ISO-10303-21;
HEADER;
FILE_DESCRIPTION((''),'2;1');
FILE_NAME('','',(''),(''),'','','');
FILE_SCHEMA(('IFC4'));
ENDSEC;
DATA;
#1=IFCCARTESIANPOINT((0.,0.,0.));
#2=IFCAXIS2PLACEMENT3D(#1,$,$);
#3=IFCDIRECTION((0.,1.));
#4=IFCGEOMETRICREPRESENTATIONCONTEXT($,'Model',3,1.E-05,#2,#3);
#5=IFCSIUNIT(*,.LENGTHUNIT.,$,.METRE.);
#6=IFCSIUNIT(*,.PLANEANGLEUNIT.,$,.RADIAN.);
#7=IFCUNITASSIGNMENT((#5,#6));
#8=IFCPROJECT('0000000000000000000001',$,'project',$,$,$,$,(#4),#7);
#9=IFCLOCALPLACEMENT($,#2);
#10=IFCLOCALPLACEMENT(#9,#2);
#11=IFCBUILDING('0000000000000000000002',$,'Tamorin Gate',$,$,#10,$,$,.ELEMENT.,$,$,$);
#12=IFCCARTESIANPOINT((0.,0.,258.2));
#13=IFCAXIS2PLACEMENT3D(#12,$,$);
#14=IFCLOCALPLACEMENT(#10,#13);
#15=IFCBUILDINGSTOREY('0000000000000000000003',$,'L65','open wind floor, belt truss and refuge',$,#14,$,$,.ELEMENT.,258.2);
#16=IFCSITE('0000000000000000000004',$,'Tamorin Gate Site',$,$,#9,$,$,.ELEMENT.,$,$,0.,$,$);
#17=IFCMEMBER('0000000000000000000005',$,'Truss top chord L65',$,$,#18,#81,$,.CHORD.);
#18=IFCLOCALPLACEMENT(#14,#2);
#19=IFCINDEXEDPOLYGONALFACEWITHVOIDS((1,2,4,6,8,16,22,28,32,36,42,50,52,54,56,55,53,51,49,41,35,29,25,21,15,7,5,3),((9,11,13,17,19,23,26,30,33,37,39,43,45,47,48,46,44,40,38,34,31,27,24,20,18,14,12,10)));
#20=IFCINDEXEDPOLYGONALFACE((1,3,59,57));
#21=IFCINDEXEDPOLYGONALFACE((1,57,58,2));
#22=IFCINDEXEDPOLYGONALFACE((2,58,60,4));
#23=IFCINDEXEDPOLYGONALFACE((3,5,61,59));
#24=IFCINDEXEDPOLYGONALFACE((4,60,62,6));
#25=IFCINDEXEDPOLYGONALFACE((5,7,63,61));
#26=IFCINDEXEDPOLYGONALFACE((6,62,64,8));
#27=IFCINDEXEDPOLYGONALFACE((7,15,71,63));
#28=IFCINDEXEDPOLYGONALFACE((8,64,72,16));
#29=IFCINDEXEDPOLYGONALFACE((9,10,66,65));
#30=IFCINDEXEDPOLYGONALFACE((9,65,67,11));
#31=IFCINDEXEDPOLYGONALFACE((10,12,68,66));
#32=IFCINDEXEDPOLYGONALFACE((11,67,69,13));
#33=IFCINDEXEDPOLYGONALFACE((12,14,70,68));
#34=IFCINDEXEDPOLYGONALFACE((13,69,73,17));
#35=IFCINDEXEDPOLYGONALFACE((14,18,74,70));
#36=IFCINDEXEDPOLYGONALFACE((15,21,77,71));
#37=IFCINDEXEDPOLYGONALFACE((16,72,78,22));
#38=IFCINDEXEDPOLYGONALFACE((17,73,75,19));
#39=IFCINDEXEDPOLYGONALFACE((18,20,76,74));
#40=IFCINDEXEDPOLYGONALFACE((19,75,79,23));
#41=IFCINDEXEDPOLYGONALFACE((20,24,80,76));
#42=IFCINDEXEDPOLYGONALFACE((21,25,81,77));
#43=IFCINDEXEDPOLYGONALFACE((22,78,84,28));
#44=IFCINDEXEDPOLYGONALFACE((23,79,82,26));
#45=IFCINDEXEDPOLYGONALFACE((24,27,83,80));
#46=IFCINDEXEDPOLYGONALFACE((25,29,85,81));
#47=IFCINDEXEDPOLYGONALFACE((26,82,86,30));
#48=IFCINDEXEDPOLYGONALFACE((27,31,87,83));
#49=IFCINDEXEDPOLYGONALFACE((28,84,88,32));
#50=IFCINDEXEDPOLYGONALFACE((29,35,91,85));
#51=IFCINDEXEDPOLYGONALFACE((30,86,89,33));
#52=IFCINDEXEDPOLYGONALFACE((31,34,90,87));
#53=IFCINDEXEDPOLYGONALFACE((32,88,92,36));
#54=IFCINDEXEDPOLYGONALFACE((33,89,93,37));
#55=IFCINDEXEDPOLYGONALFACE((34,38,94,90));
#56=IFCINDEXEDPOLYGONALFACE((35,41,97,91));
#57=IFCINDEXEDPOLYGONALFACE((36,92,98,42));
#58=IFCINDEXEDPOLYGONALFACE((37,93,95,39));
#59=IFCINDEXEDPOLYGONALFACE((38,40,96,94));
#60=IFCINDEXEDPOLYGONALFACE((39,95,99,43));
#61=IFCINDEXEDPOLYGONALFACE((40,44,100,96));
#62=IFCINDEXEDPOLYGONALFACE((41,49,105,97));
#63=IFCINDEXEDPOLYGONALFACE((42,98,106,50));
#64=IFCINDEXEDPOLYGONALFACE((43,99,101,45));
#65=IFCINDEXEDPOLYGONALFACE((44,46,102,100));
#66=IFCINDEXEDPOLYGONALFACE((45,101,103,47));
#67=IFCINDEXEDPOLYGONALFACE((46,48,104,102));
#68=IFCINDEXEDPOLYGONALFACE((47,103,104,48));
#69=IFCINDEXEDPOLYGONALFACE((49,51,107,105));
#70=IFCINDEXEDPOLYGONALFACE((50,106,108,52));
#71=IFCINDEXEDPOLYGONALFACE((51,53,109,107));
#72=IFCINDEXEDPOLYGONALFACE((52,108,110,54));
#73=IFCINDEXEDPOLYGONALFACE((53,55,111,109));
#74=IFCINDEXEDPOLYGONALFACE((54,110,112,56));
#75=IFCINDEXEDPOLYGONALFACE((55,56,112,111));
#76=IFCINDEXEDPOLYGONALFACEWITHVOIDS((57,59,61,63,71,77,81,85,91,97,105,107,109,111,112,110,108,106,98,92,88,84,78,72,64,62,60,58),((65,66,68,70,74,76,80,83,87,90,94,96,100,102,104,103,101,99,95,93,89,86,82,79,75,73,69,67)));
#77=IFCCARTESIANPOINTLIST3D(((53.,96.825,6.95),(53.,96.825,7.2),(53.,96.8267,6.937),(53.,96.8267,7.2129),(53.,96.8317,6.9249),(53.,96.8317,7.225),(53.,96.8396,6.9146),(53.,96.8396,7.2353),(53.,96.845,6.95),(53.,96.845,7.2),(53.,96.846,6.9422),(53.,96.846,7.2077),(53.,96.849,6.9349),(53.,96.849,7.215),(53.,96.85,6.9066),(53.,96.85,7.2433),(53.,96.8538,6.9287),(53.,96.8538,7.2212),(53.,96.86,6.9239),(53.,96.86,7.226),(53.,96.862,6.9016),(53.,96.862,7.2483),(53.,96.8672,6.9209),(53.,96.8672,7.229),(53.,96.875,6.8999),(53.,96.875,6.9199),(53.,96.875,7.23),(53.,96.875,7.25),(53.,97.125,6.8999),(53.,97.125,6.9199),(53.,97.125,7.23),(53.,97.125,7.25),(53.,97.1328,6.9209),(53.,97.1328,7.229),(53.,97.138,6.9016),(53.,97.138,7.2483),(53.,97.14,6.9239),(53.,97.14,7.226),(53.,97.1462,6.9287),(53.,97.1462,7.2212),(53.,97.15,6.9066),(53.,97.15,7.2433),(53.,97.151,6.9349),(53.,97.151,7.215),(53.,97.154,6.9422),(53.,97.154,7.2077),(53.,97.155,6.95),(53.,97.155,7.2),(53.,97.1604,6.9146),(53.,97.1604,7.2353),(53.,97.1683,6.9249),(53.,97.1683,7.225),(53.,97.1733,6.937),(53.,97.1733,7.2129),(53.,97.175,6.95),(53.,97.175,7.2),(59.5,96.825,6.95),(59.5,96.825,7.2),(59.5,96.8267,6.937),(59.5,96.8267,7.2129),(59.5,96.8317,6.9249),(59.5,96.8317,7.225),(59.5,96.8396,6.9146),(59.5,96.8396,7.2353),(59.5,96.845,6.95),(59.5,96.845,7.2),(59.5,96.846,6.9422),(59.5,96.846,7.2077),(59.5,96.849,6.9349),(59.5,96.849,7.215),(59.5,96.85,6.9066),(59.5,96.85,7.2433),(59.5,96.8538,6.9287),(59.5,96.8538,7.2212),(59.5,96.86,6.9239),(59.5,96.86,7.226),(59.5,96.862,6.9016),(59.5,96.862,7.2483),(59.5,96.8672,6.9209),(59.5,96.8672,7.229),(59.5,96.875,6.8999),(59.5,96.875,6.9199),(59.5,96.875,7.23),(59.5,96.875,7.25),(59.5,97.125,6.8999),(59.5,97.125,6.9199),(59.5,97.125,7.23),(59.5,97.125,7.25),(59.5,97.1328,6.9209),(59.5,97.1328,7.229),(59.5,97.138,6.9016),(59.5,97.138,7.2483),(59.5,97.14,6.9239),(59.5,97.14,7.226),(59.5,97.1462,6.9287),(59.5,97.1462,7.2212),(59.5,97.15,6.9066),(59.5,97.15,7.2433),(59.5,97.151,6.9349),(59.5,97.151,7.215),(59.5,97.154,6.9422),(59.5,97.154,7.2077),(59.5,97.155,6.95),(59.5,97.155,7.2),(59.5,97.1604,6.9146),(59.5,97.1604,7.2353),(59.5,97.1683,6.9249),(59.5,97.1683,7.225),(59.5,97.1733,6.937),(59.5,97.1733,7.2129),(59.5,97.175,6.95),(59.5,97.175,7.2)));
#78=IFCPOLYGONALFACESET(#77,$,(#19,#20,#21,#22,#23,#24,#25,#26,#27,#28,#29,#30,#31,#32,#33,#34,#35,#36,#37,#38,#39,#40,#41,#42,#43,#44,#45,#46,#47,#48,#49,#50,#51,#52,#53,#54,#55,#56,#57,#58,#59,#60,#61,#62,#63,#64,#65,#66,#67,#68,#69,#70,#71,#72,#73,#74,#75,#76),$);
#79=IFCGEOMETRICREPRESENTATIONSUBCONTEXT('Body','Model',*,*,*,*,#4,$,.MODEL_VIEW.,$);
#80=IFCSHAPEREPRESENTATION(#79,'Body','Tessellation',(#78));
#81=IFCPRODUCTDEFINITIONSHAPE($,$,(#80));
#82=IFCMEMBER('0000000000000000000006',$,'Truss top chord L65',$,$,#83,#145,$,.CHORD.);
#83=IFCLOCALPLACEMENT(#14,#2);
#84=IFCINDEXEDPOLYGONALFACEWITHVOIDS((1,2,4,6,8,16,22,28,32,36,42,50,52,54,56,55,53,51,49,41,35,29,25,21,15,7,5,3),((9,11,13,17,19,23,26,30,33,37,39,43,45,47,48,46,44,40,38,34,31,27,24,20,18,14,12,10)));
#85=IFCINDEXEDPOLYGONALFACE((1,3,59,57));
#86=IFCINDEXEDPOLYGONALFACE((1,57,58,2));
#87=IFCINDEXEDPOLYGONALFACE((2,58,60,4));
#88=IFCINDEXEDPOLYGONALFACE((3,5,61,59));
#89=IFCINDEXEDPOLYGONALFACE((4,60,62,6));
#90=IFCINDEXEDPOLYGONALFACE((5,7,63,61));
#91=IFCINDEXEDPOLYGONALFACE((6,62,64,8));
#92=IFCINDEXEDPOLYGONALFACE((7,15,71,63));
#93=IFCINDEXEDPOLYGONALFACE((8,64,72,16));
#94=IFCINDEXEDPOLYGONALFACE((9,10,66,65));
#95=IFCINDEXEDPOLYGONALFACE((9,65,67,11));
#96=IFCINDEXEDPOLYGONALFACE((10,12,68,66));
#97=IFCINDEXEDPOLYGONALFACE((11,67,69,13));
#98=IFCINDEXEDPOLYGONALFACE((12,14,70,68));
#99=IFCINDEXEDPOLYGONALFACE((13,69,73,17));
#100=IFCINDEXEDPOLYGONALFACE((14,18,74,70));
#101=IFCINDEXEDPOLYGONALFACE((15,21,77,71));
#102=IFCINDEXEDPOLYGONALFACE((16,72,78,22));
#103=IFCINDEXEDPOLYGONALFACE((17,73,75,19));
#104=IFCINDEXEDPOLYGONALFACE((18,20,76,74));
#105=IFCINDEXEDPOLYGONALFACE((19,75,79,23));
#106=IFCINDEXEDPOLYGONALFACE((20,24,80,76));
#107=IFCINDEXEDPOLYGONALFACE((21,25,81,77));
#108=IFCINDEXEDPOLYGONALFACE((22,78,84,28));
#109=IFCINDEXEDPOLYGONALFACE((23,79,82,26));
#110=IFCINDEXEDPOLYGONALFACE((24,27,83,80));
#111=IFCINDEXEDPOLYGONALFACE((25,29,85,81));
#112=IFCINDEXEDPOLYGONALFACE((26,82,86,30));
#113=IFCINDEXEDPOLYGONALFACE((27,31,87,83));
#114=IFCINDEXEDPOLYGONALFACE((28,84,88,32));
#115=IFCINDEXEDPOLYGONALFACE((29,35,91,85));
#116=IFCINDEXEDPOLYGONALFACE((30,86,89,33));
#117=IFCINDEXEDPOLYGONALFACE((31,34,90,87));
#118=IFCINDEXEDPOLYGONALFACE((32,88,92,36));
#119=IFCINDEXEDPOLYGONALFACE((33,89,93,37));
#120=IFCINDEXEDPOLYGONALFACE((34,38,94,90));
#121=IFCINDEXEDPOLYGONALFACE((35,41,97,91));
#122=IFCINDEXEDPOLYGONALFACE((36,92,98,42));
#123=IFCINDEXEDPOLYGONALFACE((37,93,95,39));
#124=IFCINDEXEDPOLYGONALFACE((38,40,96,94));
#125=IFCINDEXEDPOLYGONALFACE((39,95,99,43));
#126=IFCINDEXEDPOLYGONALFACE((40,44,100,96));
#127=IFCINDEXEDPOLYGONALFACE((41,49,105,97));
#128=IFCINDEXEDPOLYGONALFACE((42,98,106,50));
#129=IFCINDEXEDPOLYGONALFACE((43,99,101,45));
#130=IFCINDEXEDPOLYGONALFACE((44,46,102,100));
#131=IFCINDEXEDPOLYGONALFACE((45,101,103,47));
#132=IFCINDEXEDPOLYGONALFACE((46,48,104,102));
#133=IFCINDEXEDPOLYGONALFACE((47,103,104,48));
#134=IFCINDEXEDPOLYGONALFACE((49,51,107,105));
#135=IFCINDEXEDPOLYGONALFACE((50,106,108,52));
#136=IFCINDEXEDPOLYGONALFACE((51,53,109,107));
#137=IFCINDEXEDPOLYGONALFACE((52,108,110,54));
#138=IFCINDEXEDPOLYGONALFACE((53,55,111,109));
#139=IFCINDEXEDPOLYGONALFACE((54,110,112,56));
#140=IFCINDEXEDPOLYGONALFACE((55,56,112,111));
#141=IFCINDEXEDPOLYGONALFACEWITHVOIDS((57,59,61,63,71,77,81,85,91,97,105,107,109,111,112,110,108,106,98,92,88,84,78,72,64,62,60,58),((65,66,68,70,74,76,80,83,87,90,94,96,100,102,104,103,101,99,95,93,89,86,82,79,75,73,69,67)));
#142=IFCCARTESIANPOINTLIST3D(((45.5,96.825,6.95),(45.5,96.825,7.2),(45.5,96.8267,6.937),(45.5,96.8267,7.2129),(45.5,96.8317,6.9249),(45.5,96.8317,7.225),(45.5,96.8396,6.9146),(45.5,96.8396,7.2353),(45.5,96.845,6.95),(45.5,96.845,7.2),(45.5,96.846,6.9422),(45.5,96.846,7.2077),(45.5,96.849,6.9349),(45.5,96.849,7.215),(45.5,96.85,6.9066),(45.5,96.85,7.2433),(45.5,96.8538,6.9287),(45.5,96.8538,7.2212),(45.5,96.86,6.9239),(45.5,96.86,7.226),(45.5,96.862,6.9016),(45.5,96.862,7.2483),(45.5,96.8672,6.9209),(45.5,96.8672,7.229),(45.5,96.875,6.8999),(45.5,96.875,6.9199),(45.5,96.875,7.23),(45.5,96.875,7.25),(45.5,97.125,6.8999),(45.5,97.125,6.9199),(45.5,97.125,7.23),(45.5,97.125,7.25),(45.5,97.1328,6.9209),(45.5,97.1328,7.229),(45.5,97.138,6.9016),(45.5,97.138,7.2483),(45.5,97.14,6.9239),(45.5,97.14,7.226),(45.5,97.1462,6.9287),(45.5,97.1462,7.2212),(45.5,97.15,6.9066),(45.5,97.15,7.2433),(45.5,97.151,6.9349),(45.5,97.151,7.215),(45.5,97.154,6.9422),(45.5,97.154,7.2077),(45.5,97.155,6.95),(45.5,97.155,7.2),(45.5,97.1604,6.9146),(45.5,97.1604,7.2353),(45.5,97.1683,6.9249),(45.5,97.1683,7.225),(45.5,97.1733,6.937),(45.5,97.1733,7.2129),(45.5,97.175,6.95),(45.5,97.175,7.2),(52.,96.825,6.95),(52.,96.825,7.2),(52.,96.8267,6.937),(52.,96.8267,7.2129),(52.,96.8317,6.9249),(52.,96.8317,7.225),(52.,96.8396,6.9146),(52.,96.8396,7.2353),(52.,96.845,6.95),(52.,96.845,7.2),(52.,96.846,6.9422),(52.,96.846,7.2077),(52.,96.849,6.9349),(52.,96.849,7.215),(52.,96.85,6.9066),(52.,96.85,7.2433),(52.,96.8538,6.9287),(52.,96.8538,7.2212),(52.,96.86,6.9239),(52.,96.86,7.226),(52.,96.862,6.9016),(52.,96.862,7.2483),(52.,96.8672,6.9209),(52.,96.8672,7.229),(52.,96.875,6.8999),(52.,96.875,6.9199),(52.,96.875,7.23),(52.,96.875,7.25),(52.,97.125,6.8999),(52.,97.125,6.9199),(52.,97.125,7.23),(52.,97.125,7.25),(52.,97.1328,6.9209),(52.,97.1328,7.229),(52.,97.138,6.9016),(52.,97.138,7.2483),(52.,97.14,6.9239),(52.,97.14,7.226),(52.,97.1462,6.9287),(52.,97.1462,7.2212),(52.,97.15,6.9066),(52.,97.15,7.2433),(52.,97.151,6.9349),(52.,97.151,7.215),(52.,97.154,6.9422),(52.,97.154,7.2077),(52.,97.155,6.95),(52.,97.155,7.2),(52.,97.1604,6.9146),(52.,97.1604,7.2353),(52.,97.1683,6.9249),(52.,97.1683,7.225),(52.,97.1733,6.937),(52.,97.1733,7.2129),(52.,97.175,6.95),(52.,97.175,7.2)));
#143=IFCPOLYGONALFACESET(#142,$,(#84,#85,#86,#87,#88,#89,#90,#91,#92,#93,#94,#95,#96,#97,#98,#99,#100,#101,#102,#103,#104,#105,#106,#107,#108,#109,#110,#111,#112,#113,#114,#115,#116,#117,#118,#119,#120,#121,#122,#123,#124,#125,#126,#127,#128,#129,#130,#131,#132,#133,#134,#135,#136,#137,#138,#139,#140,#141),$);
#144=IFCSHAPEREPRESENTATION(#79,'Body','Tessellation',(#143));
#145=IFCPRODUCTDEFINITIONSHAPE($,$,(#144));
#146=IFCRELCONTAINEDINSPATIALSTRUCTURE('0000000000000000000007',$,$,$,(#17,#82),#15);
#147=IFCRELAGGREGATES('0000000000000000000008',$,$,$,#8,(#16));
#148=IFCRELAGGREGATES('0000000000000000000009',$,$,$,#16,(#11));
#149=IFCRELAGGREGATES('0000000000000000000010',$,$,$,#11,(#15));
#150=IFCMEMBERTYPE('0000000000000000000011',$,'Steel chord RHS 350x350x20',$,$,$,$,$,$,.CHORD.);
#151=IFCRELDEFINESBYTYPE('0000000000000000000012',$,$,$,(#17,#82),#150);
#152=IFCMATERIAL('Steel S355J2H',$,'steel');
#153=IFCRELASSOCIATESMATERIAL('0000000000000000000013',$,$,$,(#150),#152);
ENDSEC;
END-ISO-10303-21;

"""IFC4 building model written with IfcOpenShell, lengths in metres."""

from ifc_helpers import new_model, si_unit, direction, frame, origin, origin_2d, place, context, subcontext, project, spatial, hollow_rectangle, extrude, material, material_profile, profile_set, type_object, element, save


model = new_model("IFC4")

# Units and contexts
model_context = context("Model", 3, precision=1e-05, world=origin(), true_north=direction((0.0, 1.0)))
body_context = subcontext(model_context, "Body", "Model", "MODEL_VIEW")
ifc_project = project(units=[si_unit("LENGTHUNIT", "METRE"), si_unit("PLANEANGLEUNIT", "RADIAN")], contexts=[model_context])

# Site, building, storey
site_placement = place(None, origin())
site = spatial("IfcSite", under=ifc_project, at=site_placement, Name="Tamorin Gate Site", CompositionType="ELEMENT", RefElevation=0.0)
building_placement = place(site_placement, origin())
building = spatial("IfcBuilding", under=site, at=building_placement, Name="Tamorin Gate", CompositionType="ELEMENT")
storey_placement = place(building_placement, frame((0.0, 0.0, 258.2)))
storey = spatial("IfcBuildingStorey", under=building, at=storey_placement, Name="L65", Description="open wind floor, belt truss and refuge", CompositionType="ELEMENT", Elevation=258.2)

# Members
ifc_material_1 = material(Name="Steel S355J2H", Category="steel")
ifc_material_profile_1 = material_profile(ifc_material_1, hollow_rectangle(XDim=0.3501, YDim=0.3501, WallThickness=0.02, InnerFilletRadius=0.03, OuterFilletRadius=0.05, at=origin_2d()), Name="RHS 350x350x20")
ifc_profile_set_1 = profile_set([ifc_material_profile_1], Name="Steel S355J2H")
member_type_1 = type_object("IfcMemberType", Name="Steel chord RHS 350x350x20", PredefinedType="CHORD", material=ifc_profile_set_1)
for number, where, z_axis, x_axis, name in (
    (1, (59.5, 97.0, 7.075), (-1.0, 0.0, 0.0), (0.0, -1.0, 0.0), "Truss top chord L65"),
    (2, (52.0, 97.0, 7.075), (-1.0, 0.0, 0.0), (0.0, -1.0, 0.0), "Truss top chord L65"),
):
    element("IfcMember", number, at=place(storey_placement, frame(where, z_axis=z_axis, x_axis=x_axis)), inside=storey, type_object=member_type_1, Name=name, PredefinedType="CHORD", context=body_context, shape_type="SweptSolid", body=[
        extrude(hollow_rectangle(XDim=0.3501, YDim=0.3501, WallThickness=0.02, InnerFilletRadius=0.03, OuterFilletRadius=0.05, at=origin_2d()), origin(), (0.0, 0.0, 1.0), 6.5),
    ])

save(model, "model.ifc")
